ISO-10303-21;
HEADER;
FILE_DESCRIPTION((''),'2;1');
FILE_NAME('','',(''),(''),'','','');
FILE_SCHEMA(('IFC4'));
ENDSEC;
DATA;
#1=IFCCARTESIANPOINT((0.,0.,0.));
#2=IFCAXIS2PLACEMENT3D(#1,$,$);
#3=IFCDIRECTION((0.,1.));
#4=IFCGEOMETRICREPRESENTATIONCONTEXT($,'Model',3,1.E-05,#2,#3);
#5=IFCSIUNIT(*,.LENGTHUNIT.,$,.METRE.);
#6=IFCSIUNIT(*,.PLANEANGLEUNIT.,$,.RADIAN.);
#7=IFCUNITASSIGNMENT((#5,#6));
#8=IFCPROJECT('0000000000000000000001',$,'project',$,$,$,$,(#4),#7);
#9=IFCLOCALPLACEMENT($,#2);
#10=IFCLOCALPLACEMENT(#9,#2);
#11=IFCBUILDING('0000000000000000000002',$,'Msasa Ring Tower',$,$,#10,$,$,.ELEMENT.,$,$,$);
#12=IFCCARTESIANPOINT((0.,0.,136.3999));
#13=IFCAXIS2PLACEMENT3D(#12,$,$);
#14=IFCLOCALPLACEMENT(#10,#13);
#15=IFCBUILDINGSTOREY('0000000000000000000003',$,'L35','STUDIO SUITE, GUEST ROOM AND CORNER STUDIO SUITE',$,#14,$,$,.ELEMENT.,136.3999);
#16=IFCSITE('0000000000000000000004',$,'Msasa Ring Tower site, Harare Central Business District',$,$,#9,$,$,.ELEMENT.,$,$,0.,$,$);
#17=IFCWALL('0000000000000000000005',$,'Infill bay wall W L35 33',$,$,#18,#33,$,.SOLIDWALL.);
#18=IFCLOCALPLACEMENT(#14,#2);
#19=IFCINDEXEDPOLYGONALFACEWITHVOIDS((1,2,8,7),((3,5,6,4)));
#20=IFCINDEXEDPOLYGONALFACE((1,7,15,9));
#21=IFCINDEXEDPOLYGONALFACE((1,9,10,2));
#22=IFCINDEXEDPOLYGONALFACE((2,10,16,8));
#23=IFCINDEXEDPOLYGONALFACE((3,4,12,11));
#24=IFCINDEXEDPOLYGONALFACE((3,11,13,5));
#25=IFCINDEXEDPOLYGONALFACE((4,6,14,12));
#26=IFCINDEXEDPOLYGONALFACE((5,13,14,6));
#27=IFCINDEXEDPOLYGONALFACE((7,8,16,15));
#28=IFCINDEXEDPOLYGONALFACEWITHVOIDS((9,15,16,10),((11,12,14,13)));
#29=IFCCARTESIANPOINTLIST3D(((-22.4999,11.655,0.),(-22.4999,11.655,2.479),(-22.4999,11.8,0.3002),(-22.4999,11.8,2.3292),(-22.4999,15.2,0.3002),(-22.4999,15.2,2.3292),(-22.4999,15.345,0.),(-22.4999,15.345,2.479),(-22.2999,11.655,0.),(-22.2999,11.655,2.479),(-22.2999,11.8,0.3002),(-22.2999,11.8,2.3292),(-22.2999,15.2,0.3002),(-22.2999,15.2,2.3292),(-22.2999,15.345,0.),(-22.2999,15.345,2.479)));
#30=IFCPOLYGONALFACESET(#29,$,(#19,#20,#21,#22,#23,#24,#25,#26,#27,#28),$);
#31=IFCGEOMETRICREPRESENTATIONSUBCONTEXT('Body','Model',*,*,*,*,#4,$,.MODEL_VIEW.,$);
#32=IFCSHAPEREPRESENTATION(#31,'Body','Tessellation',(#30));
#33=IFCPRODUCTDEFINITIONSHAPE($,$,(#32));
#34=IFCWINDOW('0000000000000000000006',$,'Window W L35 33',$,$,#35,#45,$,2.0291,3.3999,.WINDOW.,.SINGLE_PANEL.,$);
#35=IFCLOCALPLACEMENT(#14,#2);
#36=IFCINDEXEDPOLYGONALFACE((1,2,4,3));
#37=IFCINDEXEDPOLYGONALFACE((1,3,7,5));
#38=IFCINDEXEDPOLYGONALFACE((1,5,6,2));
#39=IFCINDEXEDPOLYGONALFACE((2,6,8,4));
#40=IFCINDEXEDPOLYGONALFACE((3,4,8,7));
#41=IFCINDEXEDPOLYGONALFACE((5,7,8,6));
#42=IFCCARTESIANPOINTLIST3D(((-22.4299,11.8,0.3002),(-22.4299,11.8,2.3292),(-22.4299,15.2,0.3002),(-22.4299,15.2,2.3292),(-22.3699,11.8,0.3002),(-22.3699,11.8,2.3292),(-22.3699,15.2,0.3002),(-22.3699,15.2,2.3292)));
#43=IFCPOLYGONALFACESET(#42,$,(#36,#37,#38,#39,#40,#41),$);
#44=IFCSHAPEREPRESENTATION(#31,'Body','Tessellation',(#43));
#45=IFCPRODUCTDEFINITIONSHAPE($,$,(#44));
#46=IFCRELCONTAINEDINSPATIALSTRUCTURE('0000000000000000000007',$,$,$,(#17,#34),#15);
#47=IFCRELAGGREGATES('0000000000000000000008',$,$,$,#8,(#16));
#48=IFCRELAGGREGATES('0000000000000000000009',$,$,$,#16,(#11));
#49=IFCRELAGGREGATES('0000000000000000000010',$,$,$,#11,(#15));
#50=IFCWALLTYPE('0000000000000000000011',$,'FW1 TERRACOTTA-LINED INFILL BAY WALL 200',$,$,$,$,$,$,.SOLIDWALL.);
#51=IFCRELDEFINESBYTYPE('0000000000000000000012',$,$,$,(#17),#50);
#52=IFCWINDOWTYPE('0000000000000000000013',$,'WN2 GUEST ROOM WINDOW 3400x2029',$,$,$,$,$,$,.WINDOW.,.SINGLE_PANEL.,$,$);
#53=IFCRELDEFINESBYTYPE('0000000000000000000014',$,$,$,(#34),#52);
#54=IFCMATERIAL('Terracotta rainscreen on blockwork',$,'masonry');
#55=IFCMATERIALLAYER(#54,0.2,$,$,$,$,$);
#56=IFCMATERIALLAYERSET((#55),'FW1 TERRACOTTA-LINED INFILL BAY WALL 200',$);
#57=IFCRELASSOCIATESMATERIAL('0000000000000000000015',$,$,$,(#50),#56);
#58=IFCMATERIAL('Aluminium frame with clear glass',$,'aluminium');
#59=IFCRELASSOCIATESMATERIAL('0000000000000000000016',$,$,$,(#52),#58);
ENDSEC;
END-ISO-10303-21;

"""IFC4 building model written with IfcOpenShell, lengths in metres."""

from ifc_helpers import new_model, si_unit, direction, frame, frame_2d, origin, place, context, subcontext, project, spatial, rectangle, extrude, material, layer, layer_set, type_object, element, fill, save


model = new_model("IFC4")

# Units and contexts
model_context = context("Model", 3, precision=1e-05, world=origin(), true_north=direction((0.0, 1.0)))
body_context = subcontext(model_context, "Body", "Model", "MODEL_VIEW")
ifc_project = project(units=[si_unit("LENGTHUNIT", "METRE"), si_unit("PLANEANGLEUNIT", "RADIAN")], contexts=[model_context])

# Site, building, storey
site_placement = place(None, origin())
site = spatial("IfcSite", under=ifc_project, at=site_placement, Name="Msasa Ring Tower site, Harare Central Business District", CompositionType="ELEMENT", RefElevation=0.0)
building_placement = place(site_placement, origin())
building = spatial("IfcBuilding", under=site, at=building_placement, Name="Msasa Ring Tower", CompositionType="ELEMENT")
storey_placement = place(building_placement, frame((0.0, 0.0, 136.3999)))
storey = spatial("IfcBuildingStorey", under=building, at=storey_placement, Name="L35", Description="STUDIO SUITE, GUEST ROOM AND CORNER STUDIO SUITE", CompositionType="ELEMENT", Elevation=136.3999)

# Wall, opening, window
ifc_material_1 = material(Name="Terracotta rainscreen on blockwork", Category="masonry")
ifc_layer_1 = layer(ifc_material_1, 0.2)
ifc_layer_set_1 = layer_set([ifc_layer_1], Name="FW1 TERRACOTTA-LINED INFILL BAY WALL 200")
wall_type_1 = type_object("IfcWallType", Name="FW1 TERRACOTTA-LINED INFILL BAY WALL 200", PredefinedType="SOLIDWALL", material=ifc_layer_set_1)
ifc_material_2 = material(Name="Aluminium frame with clear glass", Category="aluminium")
window_type = type_object("IfcWindowType", Name="WN2 GUEST ROOM WINDOW 3400x2029", PartitioningType="SINGLE_PANEL", PredefinedType="WINDOW", material=ifc_material_2)
wall_1_placement = place(storey_placement, frame((-22.3999, 11.655, 0.0), z_axis=(0.0, 0.0, 1.0), x_axis=(0.0, 1.0, 0.0)))
wall_1 = element("IfcWall", 1, at=wall_1_placement, inside=storey, type_object=wall_type_1, Name="Infill bay wall W L35 33", PredefinedType="SOLIDWALL", context=body_context, shape_type="SweptSolid", body=[
    extrude(rectangle(XDim=3.6899, YDim=0.2, at=frame_2d((1.845, 0.0))), origin(), (0.0, 0.0, 1.0), 2.479),
])
opening_1_placement = place(wall_1_placement, frame((0.145, 0.0, 0.3)))
opening_1 = element("IfcOpeningElement", 2, at=opening_1_placement, cuts=wall_1, PredefinedType="OPENING", context=body_context, shape_type="SweptSolid", body=[
    extrude(rectangle(XDim=3.3999, YDim=2.0291, at=frame_2d((1.7, 1.0146))), frame((0.0, 0.1099, 0.0), z_axis=(0.0, -1.0, 0.0), x_axis=(1.0, 0.0, 0.0)), (0.0, 0.0, 1.0), 0.22),
])
window_1_placement = place(opening_1_placement, origin())
window_1 = element("IfcWindow", 3, at=window_1_placement, inside=storey, type_object=window_type, Name="Window W L35 33", OverallHeight=2.0291, OverallWidth=3.3999, PartitioningType="SINGLE_PANEL", PredefinedType="WINDOW", context=body_context, shape_type="SweptSolid", body=[
    extrude(rectangle(XDim=3.3999, YDim=2.0291, at=frame_2d((1.7, 1.0146))), frame((0.0, 0.03, 0.0), z_axis=(0.0, -1.0, 0.0), x_axis=(1.0, 0.0, 0.0)), (0.0, 0.0, 1.0), 0.0601),
])
fill(opening_1, window_1)

save(model, "model.ifc")
